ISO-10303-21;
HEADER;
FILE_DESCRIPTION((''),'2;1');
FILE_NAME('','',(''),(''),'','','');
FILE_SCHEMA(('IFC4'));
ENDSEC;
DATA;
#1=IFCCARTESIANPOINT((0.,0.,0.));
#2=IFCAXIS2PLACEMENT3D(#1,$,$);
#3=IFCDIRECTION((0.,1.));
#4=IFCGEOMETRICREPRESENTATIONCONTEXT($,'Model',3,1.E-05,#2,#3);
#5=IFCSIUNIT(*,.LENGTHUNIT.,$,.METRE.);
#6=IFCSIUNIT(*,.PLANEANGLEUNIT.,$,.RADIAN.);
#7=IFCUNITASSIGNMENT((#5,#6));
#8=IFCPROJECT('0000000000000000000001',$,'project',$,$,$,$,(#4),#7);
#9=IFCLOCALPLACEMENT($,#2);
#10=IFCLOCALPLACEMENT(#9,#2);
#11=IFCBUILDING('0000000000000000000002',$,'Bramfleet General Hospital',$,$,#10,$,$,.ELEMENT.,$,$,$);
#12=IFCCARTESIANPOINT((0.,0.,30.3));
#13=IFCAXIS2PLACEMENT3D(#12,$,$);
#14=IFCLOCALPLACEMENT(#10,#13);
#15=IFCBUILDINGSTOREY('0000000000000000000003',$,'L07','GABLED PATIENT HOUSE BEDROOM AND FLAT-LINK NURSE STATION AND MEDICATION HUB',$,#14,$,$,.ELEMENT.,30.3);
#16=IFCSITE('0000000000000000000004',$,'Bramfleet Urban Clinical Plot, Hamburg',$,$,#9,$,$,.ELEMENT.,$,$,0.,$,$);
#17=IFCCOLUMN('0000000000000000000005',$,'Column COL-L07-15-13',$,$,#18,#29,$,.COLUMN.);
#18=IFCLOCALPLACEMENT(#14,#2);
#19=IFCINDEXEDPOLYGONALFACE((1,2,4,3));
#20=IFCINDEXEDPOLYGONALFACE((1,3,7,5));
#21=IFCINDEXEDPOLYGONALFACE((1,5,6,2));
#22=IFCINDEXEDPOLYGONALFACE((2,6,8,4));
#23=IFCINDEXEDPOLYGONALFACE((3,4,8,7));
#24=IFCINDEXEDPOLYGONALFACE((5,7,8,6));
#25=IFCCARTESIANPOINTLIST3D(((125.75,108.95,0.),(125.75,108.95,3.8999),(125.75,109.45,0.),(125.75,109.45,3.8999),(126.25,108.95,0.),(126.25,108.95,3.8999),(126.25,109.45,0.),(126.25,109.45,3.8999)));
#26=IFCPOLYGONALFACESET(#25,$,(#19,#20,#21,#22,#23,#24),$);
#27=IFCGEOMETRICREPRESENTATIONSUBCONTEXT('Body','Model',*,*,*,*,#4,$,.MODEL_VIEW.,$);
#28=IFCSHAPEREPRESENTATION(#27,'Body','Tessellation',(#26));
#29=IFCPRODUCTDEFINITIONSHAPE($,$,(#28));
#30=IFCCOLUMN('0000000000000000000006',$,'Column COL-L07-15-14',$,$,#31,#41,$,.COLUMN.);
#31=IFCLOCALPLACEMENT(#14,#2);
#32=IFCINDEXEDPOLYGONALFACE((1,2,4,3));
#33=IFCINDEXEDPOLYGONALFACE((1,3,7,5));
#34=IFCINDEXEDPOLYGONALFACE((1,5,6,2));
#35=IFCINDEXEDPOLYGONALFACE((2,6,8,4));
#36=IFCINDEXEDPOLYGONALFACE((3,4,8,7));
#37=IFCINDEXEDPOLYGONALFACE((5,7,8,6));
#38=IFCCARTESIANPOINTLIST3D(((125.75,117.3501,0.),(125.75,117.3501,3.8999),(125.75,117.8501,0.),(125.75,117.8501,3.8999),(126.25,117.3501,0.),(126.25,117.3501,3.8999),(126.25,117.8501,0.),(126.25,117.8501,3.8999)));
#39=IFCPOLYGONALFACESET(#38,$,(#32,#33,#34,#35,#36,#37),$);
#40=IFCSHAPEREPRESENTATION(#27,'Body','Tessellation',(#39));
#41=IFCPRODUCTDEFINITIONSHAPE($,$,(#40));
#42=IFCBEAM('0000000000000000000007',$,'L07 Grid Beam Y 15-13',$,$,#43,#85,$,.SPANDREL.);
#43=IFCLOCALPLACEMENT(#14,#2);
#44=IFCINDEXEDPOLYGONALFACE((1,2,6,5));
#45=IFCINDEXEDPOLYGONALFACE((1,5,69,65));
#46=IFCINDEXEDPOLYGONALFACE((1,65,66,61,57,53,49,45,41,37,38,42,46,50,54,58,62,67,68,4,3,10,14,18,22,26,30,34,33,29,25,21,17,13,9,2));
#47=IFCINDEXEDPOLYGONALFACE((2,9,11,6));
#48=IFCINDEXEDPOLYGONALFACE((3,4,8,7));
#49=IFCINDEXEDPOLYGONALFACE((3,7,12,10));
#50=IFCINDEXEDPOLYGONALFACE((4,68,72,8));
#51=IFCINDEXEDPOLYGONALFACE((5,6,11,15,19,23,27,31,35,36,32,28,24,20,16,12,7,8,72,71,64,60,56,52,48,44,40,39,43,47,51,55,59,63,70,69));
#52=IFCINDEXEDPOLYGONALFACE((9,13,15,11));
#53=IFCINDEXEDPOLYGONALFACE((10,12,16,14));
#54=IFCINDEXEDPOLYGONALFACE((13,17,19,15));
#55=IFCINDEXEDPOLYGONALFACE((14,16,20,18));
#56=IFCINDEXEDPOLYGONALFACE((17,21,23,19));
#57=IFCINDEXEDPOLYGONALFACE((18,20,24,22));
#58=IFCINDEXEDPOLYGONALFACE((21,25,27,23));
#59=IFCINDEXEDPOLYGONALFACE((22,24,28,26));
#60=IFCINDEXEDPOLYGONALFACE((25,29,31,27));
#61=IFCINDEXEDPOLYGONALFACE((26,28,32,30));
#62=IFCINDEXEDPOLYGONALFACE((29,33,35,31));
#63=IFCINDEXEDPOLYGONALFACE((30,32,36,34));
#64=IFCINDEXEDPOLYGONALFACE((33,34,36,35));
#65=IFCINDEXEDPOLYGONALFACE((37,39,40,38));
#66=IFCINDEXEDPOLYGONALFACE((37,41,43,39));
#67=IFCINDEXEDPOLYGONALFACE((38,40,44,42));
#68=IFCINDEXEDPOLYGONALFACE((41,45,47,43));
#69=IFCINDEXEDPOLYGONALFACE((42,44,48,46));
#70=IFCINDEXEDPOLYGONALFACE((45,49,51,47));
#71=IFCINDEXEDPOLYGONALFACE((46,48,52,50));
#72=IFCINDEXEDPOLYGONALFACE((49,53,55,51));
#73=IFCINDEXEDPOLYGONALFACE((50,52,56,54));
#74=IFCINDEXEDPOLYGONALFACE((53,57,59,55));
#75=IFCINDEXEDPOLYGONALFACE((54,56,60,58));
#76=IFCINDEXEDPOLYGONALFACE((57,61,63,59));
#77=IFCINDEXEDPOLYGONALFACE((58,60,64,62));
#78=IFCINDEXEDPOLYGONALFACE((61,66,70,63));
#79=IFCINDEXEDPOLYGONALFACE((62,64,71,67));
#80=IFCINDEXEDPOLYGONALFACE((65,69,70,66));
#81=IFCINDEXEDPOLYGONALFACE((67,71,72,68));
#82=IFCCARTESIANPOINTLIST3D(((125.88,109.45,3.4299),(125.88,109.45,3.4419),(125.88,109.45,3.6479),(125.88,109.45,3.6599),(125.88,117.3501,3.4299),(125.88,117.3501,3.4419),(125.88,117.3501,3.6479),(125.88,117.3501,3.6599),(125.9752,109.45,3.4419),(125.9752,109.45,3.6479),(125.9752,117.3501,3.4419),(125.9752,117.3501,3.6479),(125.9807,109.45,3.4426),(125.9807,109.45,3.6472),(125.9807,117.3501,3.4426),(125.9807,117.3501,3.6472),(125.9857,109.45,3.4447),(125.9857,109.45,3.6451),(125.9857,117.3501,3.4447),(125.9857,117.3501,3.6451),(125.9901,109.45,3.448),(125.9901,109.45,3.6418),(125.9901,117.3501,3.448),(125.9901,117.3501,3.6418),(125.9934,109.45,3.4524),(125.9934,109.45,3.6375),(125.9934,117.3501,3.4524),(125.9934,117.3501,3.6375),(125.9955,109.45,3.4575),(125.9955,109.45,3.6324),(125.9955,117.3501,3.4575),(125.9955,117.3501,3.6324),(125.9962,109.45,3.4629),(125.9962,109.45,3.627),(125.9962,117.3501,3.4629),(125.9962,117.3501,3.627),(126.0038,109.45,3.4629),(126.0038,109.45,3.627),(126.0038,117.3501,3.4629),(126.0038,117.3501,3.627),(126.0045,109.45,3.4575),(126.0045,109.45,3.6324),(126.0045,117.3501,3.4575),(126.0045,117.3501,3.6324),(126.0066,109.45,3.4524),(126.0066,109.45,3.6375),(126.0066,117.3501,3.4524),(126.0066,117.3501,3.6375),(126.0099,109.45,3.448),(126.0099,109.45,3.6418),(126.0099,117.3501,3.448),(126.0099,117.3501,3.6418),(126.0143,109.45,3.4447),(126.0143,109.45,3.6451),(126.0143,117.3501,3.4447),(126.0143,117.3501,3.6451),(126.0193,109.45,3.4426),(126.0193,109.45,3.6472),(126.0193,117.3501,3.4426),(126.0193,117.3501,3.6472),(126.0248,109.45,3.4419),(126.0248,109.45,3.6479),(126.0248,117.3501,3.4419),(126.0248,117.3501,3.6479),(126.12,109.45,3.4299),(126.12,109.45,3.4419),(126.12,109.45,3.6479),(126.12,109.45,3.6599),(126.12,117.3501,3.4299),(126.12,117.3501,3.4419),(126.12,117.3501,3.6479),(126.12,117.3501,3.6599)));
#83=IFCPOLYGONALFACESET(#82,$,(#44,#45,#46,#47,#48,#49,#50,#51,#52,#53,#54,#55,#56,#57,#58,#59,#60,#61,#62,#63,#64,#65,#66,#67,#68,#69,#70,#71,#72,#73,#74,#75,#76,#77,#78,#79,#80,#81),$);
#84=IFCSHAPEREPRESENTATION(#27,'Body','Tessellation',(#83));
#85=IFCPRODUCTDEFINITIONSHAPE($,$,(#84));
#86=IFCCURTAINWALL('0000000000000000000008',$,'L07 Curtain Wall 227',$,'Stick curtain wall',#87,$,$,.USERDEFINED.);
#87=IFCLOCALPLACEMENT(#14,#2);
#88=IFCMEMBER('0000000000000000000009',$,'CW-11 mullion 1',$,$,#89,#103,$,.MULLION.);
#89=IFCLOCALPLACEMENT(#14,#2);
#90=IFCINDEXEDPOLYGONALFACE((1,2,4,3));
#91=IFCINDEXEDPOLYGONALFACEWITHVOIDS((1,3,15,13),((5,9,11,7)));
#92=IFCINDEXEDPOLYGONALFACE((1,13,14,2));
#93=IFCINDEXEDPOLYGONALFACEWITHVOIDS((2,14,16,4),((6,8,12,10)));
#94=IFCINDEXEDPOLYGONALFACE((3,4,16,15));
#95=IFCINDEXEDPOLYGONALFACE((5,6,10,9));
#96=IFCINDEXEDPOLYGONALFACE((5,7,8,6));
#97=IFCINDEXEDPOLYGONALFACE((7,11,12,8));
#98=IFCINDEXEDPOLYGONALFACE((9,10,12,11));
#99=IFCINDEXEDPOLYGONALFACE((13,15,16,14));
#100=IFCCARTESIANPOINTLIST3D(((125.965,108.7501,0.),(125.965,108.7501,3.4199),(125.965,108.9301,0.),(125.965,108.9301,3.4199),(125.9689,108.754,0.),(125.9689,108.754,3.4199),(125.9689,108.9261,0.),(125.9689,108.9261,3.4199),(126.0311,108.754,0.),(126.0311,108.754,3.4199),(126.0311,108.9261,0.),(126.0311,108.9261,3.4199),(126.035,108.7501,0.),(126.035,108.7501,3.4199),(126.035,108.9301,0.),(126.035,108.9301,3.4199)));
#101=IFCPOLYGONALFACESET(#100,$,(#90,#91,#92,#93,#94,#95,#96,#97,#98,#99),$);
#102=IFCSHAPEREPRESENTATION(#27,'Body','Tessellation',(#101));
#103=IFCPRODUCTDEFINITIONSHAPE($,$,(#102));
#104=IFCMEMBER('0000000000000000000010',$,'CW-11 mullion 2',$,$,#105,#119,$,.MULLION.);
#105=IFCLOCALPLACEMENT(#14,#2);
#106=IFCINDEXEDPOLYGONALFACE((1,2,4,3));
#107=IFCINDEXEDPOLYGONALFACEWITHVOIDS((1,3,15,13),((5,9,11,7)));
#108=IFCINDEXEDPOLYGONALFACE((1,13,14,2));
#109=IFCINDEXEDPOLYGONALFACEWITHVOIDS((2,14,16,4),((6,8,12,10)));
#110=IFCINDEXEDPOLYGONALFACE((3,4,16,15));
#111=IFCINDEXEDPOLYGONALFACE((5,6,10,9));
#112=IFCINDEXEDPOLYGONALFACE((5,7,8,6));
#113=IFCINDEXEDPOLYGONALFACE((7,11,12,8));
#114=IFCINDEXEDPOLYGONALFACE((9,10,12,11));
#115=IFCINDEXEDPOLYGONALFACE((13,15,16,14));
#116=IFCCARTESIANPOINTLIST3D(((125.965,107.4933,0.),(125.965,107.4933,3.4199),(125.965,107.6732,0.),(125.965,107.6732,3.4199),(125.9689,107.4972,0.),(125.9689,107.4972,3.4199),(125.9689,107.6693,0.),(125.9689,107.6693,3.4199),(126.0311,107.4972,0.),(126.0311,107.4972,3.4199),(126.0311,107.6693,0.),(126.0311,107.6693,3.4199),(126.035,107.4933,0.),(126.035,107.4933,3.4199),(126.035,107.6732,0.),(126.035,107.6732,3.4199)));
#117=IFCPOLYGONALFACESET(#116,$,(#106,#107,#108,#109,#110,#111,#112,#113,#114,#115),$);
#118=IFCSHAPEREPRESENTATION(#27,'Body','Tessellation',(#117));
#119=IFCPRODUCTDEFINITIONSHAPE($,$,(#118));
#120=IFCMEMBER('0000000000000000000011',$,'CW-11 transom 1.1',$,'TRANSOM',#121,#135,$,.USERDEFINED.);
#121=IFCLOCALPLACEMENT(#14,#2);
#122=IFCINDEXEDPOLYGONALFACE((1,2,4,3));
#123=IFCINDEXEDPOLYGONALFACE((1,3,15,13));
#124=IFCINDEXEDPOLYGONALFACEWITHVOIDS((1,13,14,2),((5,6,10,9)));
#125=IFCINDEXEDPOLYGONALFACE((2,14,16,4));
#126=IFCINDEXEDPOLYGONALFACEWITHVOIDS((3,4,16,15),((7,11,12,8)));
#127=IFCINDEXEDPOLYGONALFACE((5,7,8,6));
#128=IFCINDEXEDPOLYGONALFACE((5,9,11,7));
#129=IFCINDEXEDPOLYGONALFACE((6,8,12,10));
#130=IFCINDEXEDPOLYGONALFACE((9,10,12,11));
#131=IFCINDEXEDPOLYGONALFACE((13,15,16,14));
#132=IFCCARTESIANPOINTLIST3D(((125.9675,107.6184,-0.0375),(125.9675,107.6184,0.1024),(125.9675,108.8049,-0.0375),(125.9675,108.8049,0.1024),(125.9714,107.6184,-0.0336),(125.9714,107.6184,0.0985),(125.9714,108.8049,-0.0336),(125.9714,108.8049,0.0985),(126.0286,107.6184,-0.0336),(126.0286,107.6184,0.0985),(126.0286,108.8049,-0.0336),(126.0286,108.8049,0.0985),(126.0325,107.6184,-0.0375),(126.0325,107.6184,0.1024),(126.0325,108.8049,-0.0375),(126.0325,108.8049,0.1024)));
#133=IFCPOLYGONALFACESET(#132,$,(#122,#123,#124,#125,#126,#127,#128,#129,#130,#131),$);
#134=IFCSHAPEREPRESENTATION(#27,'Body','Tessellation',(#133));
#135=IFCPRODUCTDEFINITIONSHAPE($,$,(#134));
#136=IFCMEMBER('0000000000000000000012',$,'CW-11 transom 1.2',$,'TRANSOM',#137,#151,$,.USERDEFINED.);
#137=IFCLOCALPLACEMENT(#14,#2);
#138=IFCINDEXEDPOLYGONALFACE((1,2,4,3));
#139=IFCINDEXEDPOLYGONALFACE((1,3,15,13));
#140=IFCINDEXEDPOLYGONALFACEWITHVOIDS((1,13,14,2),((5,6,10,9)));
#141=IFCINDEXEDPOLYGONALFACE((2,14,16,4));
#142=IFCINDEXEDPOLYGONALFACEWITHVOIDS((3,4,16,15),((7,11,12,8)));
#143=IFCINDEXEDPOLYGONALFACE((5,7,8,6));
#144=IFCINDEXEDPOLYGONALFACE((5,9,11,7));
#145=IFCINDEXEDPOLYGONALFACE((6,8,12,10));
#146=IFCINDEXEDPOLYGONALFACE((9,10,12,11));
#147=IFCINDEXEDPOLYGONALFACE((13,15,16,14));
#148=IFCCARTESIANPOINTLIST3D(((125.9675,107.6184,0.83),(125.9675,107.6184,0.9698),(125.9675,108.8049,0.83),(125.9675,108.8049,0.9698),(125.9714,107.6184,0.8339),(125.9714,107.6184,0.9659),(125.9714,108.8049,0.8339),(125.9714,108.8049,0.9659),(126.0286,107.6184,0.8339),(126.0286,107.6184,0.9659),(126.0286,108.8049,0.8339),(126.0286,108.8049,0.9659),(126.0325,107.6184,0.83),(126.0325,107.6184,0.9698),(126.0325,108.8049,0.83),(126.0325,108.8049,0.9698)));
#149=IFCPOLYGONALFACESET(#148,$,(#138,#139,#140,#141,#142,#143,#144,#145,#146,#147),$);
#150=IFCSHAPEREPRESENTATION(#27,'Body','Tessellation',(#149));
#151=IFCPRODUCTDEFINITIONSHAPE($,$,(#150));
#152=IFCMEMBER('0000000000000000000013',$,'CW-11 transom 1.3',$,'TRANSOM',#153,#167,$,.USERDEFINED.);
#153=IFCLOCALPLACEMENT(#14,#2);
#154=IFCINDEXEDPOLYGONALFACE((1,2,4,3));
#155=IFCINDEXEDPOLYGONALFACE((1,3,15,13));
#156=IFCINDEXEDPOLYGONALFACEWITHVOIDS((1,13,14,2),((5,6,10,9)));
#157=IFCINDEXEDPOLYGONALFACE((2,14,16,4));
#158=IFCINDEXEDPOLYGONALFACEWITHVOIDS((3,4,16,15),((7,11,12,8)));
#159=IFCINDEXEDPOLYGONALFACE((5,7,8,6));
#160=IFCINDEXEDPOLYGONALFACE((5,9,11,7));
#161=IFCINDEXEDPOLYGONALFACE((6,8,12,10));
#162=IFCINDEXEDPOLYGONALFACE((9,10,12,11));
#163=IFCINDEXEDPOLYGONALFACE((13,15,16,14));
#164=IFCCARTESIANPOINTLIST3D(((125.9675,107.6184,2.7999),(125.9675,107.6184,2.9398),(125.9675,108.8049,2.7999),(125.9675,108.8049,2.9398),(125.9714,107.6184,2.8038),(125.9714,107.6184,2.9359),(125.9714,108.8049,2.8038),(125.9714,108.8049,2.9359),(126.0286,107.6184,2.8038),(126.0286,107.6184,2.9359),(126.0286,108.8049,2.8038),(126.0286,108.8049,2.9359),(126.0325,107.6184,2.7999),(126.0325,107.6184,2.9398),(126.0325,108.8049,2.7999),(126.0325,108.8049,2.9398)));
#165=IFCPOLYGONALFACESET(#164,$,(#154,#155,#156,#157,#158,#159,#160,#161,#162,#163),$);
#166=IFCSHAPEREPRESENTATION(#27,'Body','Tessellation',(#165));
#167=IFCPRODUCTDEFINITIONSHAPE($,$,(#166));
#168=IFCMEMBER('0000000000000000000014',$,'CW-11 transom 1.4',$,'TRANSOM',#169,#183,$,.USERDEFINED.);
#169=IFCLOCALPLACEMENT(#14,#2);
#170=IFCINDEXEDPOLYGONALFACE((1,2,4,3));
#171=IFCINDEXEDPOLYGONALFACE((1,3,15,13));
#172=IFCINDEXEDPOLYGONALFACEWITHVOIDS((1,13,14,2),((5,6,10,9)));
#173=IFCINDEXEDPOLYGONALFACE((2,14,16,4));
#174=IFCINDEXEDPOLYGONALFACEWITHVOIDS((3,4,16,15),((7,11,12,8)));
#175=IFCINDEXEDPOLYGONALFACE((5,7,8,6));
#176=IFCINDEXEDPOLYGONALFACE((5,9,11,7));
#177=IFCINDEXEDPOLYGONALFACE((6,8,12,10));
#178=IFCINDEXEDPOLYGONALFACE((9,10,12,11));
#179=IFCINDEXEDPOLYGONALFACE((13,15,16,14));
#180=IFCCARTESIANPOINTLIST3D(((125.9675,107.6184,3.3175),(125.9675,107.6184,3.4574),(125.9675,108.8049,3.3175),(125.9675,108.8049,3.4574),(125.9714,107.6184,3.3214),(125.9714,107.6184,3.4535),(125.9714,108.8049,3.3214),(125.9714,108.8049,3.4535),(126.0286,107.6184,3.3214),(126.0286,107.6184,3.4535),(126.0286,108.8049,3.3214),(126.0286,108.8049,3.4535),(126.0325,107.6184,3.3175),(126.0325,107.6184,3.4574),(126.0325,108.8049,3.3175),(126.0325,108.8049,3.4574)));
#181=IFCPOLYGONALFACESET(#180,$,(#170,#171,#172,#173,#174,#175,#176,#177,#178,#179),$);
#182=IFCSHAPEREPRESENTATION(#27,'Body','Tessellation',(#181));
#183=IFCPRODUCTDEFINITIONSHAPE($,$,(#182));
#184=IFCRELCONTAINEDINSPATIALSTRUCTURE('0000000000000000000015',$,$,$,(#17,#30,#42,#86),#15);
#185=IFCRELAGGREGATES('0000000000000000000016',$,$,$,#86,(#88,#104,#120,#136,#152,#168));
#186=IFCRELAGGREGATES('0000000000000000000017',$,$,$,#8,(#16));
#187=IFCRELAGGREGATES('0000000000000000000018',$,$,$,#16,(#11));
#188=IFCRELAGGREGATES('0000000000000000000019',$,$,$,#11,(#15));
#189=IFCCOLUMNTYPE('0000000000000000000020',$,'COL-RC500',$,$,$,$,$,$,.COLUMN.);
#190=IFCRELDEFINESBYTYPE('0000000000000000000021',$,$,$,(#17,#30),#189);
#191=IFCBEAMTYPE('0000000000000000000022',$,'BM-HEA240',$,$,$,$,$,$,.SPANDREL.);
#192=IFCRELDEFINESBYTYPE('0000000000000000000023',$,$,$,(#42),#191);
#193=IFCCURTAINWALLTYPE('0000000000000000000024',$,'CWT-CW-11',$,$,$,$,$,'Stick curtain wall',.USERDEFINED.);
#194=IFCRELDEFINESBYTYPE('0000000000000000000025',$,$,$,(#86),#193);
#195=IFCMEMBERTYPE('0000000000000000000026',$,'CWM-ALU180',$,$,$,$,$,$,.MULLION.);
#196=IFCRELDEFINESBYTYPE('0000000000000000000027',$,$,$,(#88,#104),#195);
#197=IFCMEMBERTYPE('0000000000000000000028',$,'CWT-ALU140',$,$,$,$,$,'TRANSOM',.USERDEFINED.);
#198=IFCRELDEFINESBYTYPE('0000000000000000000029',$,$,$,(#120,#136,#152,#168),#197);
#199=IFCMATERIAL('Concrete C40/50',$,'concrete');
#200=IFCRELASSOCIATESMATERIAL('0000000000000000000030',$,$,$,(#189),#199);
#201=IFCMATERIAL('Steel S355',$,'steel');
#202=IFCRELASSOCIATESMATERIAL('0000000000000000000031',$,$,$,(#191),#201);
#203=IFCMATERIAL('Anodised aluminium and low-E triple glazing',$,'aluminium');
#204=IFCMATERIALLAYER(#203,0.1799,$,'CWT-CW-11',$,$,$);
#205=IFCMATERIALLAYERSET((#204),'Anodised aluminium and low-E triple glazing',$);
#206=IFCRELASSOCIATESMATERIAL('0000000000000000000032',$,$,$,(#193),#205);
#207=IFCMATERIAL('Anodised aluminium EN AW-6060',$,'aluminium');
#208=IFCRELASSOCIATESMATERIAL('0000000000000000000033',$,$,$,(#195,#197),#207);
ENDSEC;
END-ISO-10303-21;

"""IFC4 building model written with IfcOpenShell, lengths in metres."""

from ifc_helpers import new_model, si_unit, direction, frame, origin, origin_2d, place, context, subcontext, project, spatial, rectangle, hollow_rectangle, i_section, extrude, material, layer, layer_set, material_profile, profile_set, type_object, element, aggregate, save


model = new_model("IFC4")

# Units and contexts
model_context = context("Model", 3, precision=1e-05, world=origin(), true_north=direction((0.0, 1.0)))
body_context = subcontext(model_context, "Body", "Model", "MODEL_VIEW")
ifc_project = project(units=[si_unit("LENGTHUNIT", "METRE"), si_unit("PLANEANGLEUNIT", "RADIAN")], contexts=[model_context])

# Site, building, storey
site_placement = place(None, origin())
site = spatial("IfcSite", under=ifc_project, at=site_placement, Name="Bramfleet Urban Clinical Plot, Hamburg", CompositionType="ELEMENT", RefElevation=0.0)
building_placement = place(site_placement, origin())
building = spatial("IfcBuilding", under=site, at=building_placement, Name="Bramfleet General Hospital", CompositionType="ELEMENT")
storey_placement = place(building_placement, frame((0.0, 0.0, 30.3)))
storey = spatial("IfcBuildingStorey", under=building, at=storey_placement, Name="L07", Description="GABLED PATIENT HOUSE BEDROOM AND FLAT-LINK NURSE STATION AND MEDICATION HUB", CompositionType="ELEMENT", Elevation=30.3)

# Columns
ifc_material_1 = material(Name="Concrete C40/50", Category="concrete")
ifc_material_profile_1 = material_profile(ifc_material_1, rectangle(XDim=0.5, YDim=0.5, at=origin_2d()), Name="RC COL 500x500")
ifc_profile_set_1 = profile_set([ifc_material_profile_1], Name="Concrete C40/50")
column_type = type_object("IfcColumnType", Name="COL-RC500", PredefinedType="COLUMN", material=ifc_profile_set_1)
for number, where, z_axis, x_axis, name in (
    (1, (126.0, 109.2, 0.0), (0.0, 0.0, 1.0), (1.0, 0.0, 0.0), "Column COL-L07-15-13"),
    (2, (126.0, 117.6001, 0.0), (0.0, 0.0, 1.0), (1.0, 0.0, 0.0), "Column COL-L07-15-14"),
):
    element("IfcColumn", number, at=place(storey_placement, frame(where, z_axis=z_axis, x_axis=x_axis)), inside=storey, type_object=column_type, Name=name, PredefinedType="COLUMN", context=body_context, shape_type="SweptSolid", body=[
        extrude(rectangle(XDim=0.5, YDim=0.5, at=origin_2d()), origin(), (0.0, 0.0, 1.0), 3.8999),
    ])

# Beam
ifc_material_2 = material(Name="Steel S355", Category="steel")
ifc_material_profile_2 = material_profile(ifc_material_2, i_section(OverallWidth=0.24, OverallDepth=0.23, WebThickness=0.0076, FlangeThickness=0.012, FilletRadius=0.021, at=origin_2d()), Name="HEA 240")
ifc_profile_set_2 = profile_set([ifc_material_profile_2], Name="Steel S355")
beam_type = type_object("IfcBeamType", Name="BM-HEA240", PredefinedType="SPANDREL", material=ifc_profile_set_2)
beam_placement = place(storey_placement, frame((126.0, 109.45, 3.5449), z_axis=(0.0, 1.0, 0.0), x_axis=(-1.0, 0.0, 0.0)))
element("IfcBeam", 3, at=beam_placement, inside=storey, type_object=beam_type, Name="L07 Grid Beam Y 15-13", PredefinedType="SPANDREL", context=body_context, shape_type="SweptSolid", body=[
    extrude(i_section(OverallWidth=0.24, OverallDepth=0.23, WebThickness=0.0076, FlangeThickness=0.012, FilletRadius=0.021, at=origin_2d()), origin(), (0.0, 0.0, 1.0), 7.9001),
])

# Curtain wall, members
ifc_material_3 = material(Name="Anodised aluminium and low-E triple glazing", Category="aluminium")
ifc_layer_1 = layer(ifc_material_3, 0.1799, Name="CWT-CW-11")
ifc_layer_set_1 = layer_set([ifc_layer_1], Name="Anodised aluminium and low-E triple glazing")
curtain_wall_type = type_object("IfcCurtainWallType", Name="CWT-CW-11", ElementType="Stick curtain wall", PredefinedType="USERDEFINED", material=ifc_layer_set_1)
curtain_wall_placement = place(storey_placement, origin())
curtain_wall = element("IfcCurtainWall", 4, at=curtain_wall_placement, inside=storey, type_object=curtain_wall_type, Name="L07 Curtain Wall 227", ObjectType="Stick curtain wall", PredefinedType="USERDEFINED")
ifc_material_4 = material(Name="Anodised aluminium EN AW-6060", Category="aluminium")
ifc_material_profile_3 = material_profile(ifc_material_4, hollow_rectangle(XDim=0.0701, YDim=0.1799, WallThickness=0.0039, at=origin_2d()), Name="ALU 180x70x4.0")
ifc_profile_set_3 = profile_set([ifc_material_profile_3], Name="Anodised aluminium EN AW-6060")
member_type_1 = type_object("IfcMemberType", Name="CWM-ALU180", PredefinedType="MULLION", material=ifc_profile_set_3)
member_1_placement = place(storey_placement, frame((126.0, 108.8401, 0.0), z_axis=(0.0, 0.0, 1.0), x_axis=(1.0, 0.0, 0.0)))
member_1 = element("IfcMember", 5, at=member_1_placement, type_object=member_type_1, Name="CW-11 mullion 1", PredefinedType="MULLION", context=body_context, shape_type="SweptSolid", body=[
    extrude(hollow_rectangle(XDim=0.0701, YDim=0.1799, WallThickness=0.0039, at=origin_2d()), origin(), (0.0, 0.0, 1.0), 3.4199),
])
member_2_placement = place(storey_placement, frame((126.0, 107.5833, 0.0), z_axis=(0.0, 0.0, 1.0), x_axis=(1.0, 0.0, 0.0)))
member_2 = element("IfcMember", 6, at=member_2_placement, type_object=member_type_1, Name="CW-11 mullion 2", PredefinedType="MULLION", context=body_context, shape_type="SweptSolid", body=[
    extrude(hollow_rectangle(XDim=0.0701, YDim=0.1799, WallThickness=0.0039, at=origin_2d()), origin(), (0.0, 0.0, 1.0), 3.4199),
])
ifc_material_profile_4 = material_profile(ifc_material_4, hollow_rectangle(XDim=0.0649, YDim=0.1399, WallThickness=0.0039, at=origin_2d()), Name="ALU 140x65x4.0")
ifc_profile_set_4 = profile_set([ifc_material_profile_4], Name="Anodised aluminium EN AW-6060")
member_type_2 = type_object("IfcMemberType", Name="CWT-ALU140", ElementType="TRANSOM", PredefinedType="USERDEFINED", material=ifc_profile_set_4)
member_3_placement = place(storey_placement, frame((126.0, 108.8049, 0.0325), z_axis=(0.0, -1.0, 0.0), x_axis=(1.0, 0.0, 0.0)))
member_3 = element("IfcMember", 7, at=member_3_placement, type_object=member_type_2, Name="CW-11 transom 1.1", ObjectType="TRANSOM", PredefinedType="USERDEFINED", context=body_context, shape_type="SweptSolid", body=[
    extrude(hollow_rectangle(XDim=0.0649, YDim=0.1399, WallThickness=0.0039, at=origin_2d()), origin(), (0.0, 0.0, 1.0), 1.1865),
])
member_4_placement = place(storey_placement, frame((126.0, 108.8049, 0.8999), z_axis=(0.0, -1.0, 0.0), x_axis=(1.0, 0.0, 0.0)))
member_4 = element("IfcMember", 8, at=member_4_placement, type_object=member_type_2, Name="CW-11 transom 1.2", ObjectType="TRANSOM", PredefinedType="USERDEFINED", context=body_context, shape_type="SweptSolid", body=[
    extrude(hollow_rectangle(XDim=0.0649, YDim=0.1399, WallThickness=0.0039, at=origin_2d()), origin(), (0.0, 0.0, 1.0), 1.1865),
])
member_5_placement = place(storey_placement, frame((126.0, 108.8049, 2.8699), z_axis=(0.0, -1.0, 0.0), x_axis=(1.0, 0.0, 0.0)))
member_5 = element("IfcMember", 9, at=member_5_placement, type_object=member_type_2, Name="CW-11 transom 1.3", ObjectType="TRANSOM", PredefinedType="USERDEFINED", context=body_context, shape_type="SweptSolid", body=[
    extrude(hollow_rectangle(XDim=0.0649, YDim=0.1399, WallThickness=0.0039, at=origin_2d()), origin(), (0.0, 0.0, 1.0), 1.1865),
])
member_6_placement = place(storey_placement, frame((126.0, 108.8049, 3.3875), z_axis=(0.0, -1.0, 0.0), x_axis=(1.0, 0.0, 0.0)))
member_6 = element("IfcMember", 10, at=member_6_placement, type_object=member_type_2, Name="CW-11 transom 1.4", ObjectType="TRANSOM", PredefinedType="USERDEFINED", context=body_context, shape_type="SweptSolid", body=[
    extrude(hollow_rectangle(XDim=0.0649, YDim=0.1399, WallThickness=0.0039, at=origin_2d()), origin(), (0.0, 0.0, 1.0), 1.1865),
])
aggregate(curtain_wall, [member_1, member_2, member_3, member_4, member_5, member_6])

save(model, "model.ifc")
